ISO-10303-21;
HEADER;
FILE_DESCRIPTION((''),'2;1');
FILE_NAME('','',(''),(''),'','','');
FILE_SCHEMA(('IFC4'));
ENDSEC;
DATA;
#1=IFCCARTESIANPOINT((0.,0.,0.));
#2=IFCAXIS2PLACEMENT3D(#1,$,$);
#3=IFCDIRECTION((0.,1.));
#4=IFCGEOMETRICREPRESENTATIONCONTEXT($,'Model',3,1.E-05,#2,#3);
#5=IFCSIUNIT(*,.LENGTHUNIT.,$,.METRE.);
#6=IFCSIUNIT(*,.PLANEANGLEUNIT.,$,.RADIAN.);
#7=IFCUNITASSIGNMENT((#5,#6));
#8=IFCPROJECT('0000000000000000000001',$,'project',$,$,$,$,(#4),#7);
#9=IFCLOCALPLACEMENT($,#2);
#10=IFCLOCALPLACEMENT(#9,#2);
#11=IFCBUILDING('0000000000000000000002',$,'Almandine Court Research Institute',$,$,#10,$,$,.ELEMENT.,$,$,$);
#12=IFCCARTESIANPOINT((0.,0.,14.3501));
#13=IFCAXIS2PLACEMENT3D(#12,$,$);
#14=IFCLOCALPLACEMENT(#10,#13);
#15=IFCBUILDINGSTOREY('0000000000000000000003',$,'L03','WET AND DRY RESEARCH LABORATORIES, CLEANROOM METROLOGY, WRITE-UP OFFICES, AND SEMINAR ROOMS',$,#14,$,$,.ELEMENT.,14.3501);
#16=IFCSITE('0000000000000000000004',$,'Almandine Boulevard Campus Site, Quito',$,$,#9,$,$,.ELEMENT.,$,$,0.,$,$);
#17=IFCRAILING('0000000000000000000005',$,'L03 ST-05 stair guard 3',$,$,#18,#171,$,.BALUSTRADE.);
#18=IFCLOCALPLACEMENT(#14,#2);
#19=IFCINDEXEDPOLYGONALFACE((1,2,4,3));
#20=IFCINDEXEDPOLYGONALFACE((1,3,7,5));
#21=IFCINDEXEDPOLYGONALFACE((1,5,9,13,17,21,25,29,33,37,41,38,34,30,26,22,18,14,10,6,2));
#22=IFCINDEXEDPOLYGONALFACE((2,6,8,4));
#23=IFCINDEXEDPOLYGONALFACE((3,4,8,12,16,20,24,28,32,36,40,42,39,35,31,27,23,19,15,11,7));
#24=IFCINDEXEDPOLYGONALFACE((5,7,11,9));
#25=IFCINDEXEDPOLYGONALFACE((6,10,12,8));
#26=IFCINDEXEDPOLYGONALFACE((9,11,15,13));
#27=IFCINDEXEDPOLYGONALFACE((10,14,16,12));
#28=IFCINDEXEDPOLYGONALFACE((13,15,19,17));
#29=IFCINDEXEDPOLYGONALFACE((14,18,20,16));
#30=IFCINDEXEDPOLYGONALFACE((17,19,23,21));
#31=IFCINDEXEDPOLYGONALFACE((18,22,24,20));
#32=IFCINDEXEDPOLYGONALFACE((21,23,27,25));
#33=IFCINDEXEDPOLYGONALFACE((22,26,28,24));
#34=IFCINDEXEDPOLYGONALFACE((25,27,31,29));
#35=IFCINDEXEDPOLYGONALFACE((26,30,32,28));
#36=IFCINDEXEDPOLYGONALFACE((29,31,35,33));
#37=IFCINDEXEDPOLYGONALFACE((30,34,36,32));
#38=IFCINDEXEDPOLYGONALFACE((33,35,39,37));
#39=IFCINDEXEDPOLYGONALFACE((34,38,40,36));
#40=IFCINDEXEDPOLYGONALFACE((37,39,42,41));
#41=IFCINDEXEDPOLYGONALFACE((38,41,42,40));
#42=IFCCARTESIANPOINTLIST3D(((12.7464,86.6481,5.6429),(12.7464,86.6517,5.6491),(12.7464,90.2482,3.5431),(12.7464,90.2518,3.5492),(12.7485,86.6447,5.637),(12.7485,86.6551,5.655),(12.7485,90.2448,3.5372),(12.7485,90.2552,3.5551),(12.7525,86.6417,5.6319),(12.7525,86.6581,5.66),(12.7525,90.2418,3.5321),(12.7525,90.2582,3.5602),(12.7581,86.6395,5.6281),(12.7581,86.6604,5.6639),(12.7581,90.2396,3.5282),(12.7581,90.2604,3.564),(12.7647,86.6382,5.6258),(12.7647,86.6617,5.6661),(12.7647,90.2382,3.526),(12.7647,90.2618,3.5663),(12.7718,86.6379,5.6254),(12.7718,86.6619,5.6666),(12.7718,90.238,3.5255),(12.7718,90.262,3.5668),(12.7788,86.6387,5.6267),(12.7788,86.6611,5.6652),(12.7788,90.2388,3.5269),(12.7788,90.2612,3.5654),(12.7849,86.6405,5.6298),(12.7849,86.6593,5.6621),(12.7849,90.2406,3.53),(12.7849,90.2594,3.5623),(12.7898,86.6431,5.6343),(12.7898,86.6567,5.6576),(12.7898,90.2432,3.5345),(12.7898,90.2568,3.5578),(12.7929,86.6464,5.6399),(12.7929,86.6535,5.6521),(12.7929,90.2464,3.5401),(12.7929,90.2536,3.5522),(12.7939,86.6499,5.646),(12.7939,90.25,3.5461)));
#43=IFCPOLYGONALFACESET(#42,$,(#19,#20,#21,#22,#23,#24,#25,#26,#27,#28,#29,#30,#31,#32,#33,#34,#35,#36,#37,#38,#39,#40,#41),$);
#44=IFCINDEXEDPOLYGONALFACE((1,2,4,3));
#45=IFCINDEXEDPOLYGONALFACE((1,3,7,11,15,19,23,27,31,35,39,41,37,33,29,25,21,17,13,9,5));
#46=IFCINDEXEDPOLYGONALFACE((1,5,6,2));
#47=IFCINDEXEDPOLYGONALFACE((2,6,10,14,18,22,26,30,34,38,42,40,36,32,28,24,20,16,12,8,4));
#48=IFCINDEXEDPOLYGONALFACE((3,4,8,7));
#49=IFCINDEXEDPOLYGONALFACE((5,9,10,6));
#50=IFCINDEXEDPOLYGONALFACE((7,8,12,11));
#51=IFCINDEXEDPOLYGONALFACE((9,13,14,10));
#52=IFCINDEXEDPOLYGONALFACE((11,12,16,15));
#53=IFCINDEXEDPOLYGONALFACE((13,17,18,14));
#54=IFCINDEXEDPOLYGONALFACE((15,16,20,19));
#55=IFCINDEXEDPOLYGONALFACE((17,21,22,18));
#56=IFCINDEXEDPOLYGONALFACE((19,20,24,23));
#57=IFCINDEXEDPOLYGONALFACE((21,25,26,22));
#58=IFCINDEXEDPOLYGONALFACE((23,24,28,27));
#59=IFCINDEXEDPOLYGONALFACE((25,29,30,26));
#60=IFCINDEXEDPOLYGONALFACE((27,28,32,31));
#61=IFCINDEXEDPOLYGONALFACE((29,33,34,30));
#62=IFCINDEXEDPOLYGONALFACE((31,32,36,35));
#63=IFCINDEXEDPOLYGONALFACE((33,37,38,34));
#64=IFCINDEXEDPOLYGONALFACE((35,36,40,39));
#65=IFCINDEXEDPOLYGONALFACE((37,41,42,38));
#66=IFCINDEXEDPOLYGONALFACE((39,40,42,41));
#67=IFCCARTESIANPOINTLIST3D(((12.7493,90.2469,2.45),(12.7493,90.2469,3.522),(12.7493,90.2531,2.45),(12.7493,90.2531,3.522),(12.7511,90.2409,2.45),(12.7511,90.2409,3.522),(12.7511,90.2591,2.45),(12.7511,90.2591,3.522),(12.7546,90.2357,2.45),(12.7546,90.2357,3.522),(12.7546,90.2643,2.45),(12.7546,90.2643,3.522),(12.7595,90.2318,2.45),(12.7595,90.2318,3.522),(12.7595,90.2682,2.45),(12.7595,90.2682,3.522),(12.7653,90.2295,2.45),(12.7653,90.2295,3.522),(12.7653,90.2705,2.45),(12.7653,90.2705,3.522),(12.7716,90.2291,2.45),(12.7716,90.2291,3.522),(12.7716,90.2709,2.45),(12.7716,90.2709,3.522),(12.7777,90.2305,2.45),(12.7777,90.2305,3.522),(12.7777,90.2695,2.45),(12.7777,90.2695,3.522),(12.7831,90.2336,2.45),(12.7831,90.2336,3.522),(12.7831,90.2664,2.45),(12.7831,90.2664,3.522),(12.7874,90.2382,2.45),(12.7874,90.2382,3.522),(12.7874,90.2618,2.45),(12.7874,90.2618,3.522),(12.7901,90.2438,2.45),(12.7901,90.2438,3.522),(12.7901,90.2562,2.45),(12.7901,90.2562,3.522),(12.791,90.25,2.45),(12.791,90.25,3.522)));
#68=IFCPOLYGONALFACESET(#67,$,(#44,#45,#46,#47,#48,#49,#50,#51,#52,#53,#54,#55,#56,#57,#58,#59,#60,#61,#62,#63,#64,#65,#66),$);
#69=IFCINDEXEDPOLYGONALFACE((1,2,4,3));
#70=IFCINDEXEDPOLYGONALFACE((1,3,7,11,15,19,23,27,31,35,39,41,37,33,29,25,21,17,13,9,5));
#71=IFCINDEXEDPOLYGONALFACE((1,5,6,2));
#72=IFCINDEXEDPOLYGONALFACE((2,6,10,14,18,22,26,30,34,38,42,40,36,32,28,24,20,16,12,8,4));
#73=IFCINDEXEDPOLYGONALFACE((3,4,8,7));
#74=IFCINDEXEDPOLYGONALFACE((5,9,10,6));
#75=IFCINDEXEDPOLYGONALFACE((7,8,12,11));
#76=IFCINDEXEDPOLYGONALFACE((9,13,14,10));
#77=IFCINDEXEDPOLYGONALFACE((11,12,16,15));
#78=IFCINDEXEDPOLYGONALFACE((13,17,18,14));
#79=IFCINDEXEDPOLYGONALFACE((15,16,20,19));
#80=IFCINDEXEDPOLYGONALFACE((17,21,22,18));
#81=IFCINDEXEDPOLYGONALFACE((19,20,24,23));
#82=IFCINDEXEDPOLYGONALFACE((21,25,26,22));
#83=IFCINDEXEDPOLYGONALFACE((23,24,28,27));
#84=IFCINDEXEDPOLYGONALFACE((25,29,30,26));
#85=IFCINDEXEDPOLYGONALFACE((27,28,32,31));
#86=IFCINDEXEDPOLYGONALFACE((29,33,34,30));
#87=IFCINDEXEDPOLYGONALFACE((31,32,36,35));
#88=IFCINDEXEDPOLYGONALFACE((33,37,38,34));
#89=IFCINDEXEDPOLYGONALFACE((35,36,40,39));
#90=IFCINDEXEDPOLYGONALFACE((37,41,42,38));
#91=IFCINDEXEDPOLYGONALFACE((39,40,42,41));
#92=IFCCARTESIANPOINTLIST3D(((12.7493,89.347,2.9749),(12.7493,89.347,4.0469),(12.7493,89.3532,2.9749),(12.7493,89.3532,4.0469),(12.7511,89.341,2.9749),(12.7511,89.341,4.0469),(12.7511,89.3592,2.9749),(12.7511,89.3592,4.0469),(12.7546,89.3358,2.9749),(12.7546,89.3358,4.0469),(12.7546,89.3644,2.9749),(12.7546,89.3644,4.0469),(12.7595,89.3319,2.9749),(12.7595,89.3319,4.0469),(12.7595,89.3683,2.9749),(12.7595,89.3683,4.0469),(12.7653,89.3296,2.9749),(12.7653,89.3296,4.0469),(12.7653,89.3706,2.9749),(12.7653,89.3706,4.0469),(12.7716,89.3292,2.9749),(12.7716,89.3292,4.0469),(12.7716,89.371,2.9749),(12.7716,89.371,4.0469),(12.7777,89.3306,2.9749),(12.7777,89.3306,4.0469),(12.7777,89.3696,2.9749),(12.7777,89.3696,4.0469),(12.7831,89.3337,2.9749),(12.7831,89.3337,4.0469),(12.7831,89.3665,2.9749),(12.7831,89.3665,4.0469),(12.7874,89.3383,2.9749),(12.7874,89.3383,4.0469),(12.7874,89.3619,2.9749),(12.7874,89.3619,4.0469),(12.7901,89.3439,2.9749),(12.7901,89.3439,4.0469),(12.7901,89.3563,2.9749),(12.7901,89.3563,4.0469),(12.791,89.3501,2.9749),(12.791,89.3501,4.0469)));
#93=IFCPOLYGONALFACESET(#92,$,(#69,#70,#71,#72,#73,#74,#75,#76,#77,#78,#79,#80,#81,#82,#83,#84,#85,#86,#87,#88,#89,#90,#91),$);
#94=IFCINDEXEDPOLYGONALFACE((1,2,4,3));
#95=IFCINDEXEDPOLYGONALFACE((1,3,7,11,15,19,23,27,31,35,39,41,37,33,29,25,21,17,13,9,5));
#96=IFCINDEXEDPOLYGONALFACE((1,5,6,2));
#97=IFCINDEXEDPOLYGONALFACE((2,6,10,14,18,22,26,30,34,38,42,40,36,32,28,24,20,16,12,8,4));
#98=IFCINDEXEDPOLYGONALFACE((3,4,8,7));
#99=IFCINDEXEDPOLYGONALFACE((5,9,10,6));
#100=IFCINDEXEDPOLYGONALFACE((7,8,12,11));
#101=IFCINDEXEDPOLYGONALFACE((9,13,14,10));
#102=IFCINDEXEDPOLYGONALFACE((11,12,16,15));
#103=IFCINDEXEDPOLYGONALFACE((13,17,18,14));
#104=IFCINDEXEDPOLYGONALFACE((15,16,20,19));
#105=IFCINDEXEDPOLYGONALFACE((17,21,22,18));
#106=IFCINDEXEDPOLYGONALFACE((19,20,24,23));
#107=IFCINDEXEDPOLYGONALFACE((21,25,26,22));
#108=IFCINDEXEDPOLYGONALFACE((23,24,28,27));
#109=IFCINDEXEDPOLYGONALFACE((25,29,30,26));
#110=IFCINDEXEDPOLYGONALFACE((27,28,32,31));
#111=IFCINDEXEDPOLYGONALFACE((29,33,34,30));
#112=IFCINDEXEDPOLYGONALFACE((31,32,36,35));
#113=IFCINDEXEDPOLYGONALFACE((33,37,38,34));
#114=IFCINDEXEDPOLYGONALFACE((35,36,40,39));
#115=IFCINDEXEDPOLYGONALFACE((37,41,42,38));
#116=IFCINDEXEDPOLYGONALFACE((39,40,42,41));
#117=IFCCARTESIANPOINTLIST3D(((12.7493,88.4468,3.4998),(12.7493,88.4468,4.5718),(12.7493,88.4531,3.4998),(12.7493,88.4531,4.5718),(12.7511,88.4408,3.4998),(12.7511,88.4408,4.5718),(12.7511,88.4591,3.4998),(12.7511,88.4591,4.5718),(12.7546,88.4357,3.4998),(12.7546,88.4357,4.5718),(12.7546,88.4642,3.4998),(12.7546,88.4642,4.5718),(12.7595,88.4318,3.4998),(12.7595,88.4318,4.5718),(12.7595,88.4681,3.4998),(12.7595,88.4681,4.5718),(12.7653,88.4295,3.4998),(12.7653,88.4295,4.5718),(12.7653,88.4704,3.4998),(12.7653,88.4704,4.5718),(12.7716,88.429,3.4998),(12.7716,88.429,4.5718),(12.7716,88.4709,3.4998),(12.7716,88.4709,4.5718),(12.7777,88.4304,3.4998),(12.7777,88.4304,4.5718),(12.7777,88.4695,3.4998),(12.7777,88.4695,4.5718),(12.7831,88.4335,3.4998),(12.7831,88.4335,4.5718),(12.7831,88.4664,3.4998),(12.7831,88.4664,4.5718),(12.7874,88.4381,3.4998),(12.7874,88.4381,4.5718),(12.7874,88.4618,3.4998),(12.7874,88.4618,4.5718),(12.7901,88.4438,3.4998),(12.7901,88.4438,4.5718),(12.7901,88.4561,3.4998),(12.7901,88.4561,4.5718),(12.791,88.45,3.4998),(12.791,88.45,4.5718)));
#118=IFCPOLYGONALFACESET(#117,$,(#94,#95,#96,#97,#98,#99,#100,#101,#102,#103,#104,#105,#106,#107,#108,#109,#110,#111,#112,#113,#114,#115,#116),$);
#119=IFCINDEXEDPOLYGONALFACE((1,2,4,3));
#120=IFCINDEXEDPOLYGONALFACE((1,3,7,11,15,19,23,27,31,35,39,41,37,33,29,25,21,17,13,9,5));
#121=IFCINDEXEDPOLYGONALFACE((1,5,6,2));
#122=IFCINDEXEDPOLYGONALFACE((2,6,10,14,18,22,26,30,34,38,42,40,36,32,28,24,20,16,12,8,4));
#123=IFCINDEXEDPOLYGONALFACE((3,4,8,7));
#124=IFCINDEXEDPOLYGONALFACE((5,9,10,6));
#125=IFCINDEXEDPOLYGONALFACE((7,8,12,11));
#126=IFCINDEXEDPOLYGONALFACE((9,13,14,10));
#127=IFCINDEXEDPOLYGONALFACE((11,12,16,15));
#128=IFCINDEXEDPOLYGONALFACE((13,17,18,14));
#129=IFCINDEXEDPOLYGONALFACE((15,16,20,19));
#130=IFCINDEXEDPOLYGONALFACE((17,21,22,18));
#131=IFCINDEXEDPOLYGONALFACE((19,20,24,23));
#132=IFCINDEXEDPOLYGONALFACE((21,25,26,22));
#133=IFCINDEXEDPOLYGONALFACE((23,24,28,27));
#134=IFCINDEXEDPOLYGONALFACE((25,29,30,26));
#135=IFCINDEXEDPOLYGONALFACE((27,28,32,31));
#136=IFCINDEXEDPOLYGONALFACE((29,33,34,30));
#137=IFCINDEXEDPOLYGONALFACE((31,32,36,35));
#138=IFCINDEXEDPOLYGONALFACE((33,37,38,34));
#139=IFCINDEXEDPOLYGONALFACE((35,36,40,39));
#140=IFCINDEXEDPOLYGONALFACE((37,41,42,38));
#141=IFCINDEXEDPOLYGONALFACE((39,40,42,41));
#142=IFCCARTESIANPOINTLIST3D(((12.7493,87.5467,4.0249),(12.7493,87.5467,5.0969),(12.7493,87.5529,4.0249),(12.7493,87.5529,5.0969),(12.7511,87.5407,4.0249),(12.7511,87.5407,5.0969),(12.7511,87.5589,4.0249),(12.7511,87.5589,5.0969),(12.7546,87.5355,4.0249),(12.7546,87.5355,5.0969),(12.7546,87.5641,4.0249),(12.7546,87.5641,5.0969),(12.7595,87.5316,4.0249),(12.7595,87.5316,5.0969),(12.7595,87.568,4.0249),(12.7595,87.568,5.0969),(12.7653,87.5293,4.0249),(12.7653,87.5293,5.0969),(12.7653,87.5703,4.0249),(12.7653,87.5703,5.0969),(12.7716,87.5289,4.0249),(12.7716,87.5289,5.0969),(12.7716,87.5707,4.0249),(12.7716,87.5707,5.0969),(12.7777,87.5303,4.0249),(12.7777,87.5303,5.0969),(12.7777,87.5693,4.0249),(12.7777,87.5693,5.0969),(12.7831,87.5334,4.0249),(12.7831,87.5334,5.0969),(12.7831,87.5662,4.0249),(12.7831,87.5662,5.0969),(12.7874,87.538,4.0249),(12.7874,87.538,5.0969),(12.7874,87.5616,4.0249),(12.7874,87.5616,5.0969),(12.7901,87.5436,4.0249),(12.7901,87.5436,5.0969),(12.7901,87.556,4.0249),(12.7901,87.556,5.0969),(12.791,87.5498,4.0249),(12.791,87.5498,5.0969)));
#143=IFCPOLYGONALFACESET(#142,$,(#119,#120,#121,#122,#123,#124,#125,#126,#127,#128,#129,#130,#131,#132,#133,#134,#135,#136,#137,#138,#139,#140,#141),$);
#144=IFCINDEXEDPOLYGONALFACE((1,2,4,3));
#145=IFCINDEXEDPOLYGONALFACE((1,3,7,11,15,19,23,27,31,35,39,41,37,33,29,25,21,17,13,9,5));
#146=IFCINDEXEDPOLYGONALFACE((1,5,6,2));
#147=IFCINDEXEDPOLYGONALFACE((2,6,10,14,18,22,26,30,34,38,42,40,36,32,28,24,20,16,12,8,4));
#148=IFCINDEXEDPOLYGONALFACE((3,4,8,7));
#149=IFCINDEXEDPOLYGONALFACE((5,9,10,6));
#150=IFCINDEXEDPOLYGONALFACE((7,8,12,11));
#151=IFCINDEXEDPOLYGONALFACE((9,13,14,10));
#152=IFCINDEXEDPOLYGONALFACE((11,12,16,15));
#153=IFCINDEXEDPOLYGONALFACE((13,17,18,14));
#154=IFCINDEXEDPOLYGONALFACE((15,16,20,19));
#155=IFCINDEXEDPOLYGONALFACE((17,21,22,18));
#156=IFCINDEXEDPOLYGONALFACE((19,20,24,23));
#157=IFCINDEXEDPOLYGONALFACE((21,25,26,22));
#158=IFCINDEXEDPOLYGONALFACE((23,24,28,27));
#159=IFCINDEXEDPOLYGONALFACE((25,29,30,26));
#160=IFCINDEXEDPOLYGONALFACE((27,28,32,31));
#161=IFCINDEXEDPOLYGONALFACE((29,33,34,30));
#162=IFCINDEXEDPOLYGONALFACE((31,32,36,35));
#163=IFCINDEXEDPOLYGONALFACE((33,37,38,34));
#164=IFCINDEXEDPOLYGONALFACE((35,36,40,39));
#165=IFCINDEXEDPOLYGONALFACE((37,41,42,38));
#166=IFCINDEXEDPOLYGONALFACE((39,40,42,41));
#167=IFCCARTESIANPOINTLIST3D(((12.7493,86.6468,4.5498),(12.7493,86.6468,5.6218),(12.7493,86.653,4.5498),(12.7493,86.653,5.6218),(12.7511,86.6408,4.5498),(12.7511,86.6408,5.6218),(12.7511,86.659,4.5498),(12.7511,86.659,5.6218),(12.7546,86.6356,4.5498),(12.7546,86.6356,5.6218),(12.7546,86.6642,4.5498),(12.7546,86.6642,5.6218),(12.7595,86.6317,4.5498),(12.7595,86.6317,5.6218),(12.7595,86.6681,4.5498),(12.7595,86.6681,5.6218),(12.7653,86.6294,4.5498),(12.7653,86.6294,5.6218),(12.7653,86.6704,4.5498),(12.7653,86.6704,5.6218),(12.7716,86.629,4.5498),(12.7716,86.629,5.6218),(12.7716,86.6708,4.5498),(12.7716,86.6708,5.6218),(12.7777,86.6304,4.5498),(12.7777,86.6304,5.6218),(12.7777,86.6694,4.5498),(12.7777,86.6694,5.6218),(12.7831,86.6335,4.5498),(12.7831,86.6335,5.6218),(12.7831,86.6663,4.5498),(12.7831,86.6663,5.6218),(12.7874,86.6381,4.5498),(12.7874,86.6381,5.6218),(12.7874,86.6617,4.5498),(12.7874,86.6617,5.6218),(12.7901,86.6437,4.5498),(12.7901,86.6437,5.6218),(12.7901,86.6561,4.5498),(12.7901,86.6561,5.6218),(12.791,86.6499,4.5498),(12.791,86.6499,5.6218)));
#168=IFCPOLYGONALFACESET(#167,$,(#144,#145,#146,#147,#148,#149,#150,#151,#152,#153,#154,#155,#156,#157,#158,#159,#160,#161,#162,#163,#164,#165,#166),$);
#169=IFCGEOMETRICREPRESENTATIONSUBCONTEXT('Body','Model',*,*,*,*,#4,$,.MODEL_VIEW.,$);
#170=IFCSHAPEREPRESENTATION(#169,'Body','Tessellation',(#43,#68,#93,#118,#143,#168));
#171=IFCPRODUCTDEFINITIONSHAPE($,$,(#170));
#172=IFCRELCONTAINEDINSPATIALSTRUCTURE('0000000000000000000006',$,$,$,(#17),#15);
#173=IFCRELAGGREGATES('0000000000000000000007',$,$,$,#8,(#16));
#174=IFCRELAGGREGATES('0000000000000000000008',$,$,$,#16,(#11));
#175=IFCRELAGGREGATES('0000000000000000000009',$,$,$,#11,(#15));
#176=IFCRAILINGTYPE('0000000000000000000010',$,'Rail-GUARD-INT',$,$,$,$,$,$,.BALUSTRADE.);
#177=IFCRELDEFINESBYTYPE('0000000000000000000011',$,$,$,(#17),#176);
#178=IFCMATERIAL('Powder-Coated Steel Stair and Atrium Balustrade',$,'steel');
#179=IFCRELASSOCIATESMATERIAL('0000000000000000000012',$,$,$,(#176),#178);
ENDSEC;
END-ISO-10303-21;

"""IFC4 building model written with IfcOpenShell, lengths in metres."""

from ifc_helpers import new_model, si_unit, direction, frame, origin, origin_2d, place, context, subcontext, project, spatial, circle, extrude, material, type_object, element, save


model = new_model("IFC4")

# Units and contexts
model_context = context("Model", 3, precision=1e-05, world=origin(), true_north=direction((0.0, 1.0)))
body_context = subcontext(model_context, "Body", "Model", "MODEL_VIEW")
ifc_project = project(units=[si_unit("LENGTHUNIT", "METRE"), si_unit("PLANEANGLEUNIT", "RADIAN")], contexts=[model_context])

# Site, building, storey
site_placement = place(None, origin())
site = spatial("IfcSite", under=ifc_project, at=site_placement, Name="Almandine Boulevard Campus Site, Quito", CompositionType="ELEMENT", RefElevation=0.0)
building_placement = place(site_placement, origin())
building = spatial("IfcBuilding", under=site, at=building_placement, Name="Almandine Court Research Institute", CompositionType="ELEMENT")
storey_placement = place(building_placement, frame((0.0, 0.0, 14.3501)))
storey = spatial("IfcBuildingStorey", under=building, at=storey_placement, Name="L03", Description="WET AND DRY RESEARCH LABORATORIES, CLEANROOM METROLOGY, WRITE-UP OFFICES, AND SEMINAR ROOMS", CompositionType="ELEMENT", Elevation=14.3501)

# Railing
ifc_material_1 = material(Name="Powder-Coated Steel Stair and Atrium Balustrade", Category="steel")
railing_type_1 = type_object("IfcRailingType", Name="Rail-GUARD-INT", PredefinedType="BALUSTRADE", material=ifc_material_1)
railing_1_placement = place(storey_placement, frame((12.77, 90.25, 2.45)))
element("IfcRailing", 1, at=railing_1_placement, inside=storey, type_object=railing_type_1, Name="L03 ST-05 stair guard 3", PredefinedType="BALUSTRADE", context=body_context, shape_type="SweptSolid", body=[
    extrude(circle(Radius=0.0239, at=origin_2d()), frame((0.0, 0.0, 1.0962), z_axis=(0.0, -0.8638, 0.503835), x_axis=(1.0, 0.0, 0.0)), (0.0, 0.0, 1.0), 4.1677),
    extrude(circle(Radius=0.021, at=origin_2d()), origin(), (0.0, 0.0, 1.0), 1.072),
    extrude(circle(Radius=0.021, at=origin_2d()), frame((0.0, -0.8999, 0.5249)), (0.0, 0.0, 1.0), 1.072),
    extrude(circle(Radius=0.021, at=origin_2d()), frame((0.0, -1.8, 1.0498)), (0.0, 0.0, 1.0), 1.072),
    extrude(circle(Radius=0.021, at=origin_2d()), frame((0.0, -2.7002, 1.575)), (0.0, 0.0, 1.0), 1.072),
    extrude(circle(Radius=0.021, at=origin_2d()), frame((0.0, -3.6001, 2.0999)), (0.0, 0.0, 1.0), 1.072),
])

save(model, "model.ifc")
